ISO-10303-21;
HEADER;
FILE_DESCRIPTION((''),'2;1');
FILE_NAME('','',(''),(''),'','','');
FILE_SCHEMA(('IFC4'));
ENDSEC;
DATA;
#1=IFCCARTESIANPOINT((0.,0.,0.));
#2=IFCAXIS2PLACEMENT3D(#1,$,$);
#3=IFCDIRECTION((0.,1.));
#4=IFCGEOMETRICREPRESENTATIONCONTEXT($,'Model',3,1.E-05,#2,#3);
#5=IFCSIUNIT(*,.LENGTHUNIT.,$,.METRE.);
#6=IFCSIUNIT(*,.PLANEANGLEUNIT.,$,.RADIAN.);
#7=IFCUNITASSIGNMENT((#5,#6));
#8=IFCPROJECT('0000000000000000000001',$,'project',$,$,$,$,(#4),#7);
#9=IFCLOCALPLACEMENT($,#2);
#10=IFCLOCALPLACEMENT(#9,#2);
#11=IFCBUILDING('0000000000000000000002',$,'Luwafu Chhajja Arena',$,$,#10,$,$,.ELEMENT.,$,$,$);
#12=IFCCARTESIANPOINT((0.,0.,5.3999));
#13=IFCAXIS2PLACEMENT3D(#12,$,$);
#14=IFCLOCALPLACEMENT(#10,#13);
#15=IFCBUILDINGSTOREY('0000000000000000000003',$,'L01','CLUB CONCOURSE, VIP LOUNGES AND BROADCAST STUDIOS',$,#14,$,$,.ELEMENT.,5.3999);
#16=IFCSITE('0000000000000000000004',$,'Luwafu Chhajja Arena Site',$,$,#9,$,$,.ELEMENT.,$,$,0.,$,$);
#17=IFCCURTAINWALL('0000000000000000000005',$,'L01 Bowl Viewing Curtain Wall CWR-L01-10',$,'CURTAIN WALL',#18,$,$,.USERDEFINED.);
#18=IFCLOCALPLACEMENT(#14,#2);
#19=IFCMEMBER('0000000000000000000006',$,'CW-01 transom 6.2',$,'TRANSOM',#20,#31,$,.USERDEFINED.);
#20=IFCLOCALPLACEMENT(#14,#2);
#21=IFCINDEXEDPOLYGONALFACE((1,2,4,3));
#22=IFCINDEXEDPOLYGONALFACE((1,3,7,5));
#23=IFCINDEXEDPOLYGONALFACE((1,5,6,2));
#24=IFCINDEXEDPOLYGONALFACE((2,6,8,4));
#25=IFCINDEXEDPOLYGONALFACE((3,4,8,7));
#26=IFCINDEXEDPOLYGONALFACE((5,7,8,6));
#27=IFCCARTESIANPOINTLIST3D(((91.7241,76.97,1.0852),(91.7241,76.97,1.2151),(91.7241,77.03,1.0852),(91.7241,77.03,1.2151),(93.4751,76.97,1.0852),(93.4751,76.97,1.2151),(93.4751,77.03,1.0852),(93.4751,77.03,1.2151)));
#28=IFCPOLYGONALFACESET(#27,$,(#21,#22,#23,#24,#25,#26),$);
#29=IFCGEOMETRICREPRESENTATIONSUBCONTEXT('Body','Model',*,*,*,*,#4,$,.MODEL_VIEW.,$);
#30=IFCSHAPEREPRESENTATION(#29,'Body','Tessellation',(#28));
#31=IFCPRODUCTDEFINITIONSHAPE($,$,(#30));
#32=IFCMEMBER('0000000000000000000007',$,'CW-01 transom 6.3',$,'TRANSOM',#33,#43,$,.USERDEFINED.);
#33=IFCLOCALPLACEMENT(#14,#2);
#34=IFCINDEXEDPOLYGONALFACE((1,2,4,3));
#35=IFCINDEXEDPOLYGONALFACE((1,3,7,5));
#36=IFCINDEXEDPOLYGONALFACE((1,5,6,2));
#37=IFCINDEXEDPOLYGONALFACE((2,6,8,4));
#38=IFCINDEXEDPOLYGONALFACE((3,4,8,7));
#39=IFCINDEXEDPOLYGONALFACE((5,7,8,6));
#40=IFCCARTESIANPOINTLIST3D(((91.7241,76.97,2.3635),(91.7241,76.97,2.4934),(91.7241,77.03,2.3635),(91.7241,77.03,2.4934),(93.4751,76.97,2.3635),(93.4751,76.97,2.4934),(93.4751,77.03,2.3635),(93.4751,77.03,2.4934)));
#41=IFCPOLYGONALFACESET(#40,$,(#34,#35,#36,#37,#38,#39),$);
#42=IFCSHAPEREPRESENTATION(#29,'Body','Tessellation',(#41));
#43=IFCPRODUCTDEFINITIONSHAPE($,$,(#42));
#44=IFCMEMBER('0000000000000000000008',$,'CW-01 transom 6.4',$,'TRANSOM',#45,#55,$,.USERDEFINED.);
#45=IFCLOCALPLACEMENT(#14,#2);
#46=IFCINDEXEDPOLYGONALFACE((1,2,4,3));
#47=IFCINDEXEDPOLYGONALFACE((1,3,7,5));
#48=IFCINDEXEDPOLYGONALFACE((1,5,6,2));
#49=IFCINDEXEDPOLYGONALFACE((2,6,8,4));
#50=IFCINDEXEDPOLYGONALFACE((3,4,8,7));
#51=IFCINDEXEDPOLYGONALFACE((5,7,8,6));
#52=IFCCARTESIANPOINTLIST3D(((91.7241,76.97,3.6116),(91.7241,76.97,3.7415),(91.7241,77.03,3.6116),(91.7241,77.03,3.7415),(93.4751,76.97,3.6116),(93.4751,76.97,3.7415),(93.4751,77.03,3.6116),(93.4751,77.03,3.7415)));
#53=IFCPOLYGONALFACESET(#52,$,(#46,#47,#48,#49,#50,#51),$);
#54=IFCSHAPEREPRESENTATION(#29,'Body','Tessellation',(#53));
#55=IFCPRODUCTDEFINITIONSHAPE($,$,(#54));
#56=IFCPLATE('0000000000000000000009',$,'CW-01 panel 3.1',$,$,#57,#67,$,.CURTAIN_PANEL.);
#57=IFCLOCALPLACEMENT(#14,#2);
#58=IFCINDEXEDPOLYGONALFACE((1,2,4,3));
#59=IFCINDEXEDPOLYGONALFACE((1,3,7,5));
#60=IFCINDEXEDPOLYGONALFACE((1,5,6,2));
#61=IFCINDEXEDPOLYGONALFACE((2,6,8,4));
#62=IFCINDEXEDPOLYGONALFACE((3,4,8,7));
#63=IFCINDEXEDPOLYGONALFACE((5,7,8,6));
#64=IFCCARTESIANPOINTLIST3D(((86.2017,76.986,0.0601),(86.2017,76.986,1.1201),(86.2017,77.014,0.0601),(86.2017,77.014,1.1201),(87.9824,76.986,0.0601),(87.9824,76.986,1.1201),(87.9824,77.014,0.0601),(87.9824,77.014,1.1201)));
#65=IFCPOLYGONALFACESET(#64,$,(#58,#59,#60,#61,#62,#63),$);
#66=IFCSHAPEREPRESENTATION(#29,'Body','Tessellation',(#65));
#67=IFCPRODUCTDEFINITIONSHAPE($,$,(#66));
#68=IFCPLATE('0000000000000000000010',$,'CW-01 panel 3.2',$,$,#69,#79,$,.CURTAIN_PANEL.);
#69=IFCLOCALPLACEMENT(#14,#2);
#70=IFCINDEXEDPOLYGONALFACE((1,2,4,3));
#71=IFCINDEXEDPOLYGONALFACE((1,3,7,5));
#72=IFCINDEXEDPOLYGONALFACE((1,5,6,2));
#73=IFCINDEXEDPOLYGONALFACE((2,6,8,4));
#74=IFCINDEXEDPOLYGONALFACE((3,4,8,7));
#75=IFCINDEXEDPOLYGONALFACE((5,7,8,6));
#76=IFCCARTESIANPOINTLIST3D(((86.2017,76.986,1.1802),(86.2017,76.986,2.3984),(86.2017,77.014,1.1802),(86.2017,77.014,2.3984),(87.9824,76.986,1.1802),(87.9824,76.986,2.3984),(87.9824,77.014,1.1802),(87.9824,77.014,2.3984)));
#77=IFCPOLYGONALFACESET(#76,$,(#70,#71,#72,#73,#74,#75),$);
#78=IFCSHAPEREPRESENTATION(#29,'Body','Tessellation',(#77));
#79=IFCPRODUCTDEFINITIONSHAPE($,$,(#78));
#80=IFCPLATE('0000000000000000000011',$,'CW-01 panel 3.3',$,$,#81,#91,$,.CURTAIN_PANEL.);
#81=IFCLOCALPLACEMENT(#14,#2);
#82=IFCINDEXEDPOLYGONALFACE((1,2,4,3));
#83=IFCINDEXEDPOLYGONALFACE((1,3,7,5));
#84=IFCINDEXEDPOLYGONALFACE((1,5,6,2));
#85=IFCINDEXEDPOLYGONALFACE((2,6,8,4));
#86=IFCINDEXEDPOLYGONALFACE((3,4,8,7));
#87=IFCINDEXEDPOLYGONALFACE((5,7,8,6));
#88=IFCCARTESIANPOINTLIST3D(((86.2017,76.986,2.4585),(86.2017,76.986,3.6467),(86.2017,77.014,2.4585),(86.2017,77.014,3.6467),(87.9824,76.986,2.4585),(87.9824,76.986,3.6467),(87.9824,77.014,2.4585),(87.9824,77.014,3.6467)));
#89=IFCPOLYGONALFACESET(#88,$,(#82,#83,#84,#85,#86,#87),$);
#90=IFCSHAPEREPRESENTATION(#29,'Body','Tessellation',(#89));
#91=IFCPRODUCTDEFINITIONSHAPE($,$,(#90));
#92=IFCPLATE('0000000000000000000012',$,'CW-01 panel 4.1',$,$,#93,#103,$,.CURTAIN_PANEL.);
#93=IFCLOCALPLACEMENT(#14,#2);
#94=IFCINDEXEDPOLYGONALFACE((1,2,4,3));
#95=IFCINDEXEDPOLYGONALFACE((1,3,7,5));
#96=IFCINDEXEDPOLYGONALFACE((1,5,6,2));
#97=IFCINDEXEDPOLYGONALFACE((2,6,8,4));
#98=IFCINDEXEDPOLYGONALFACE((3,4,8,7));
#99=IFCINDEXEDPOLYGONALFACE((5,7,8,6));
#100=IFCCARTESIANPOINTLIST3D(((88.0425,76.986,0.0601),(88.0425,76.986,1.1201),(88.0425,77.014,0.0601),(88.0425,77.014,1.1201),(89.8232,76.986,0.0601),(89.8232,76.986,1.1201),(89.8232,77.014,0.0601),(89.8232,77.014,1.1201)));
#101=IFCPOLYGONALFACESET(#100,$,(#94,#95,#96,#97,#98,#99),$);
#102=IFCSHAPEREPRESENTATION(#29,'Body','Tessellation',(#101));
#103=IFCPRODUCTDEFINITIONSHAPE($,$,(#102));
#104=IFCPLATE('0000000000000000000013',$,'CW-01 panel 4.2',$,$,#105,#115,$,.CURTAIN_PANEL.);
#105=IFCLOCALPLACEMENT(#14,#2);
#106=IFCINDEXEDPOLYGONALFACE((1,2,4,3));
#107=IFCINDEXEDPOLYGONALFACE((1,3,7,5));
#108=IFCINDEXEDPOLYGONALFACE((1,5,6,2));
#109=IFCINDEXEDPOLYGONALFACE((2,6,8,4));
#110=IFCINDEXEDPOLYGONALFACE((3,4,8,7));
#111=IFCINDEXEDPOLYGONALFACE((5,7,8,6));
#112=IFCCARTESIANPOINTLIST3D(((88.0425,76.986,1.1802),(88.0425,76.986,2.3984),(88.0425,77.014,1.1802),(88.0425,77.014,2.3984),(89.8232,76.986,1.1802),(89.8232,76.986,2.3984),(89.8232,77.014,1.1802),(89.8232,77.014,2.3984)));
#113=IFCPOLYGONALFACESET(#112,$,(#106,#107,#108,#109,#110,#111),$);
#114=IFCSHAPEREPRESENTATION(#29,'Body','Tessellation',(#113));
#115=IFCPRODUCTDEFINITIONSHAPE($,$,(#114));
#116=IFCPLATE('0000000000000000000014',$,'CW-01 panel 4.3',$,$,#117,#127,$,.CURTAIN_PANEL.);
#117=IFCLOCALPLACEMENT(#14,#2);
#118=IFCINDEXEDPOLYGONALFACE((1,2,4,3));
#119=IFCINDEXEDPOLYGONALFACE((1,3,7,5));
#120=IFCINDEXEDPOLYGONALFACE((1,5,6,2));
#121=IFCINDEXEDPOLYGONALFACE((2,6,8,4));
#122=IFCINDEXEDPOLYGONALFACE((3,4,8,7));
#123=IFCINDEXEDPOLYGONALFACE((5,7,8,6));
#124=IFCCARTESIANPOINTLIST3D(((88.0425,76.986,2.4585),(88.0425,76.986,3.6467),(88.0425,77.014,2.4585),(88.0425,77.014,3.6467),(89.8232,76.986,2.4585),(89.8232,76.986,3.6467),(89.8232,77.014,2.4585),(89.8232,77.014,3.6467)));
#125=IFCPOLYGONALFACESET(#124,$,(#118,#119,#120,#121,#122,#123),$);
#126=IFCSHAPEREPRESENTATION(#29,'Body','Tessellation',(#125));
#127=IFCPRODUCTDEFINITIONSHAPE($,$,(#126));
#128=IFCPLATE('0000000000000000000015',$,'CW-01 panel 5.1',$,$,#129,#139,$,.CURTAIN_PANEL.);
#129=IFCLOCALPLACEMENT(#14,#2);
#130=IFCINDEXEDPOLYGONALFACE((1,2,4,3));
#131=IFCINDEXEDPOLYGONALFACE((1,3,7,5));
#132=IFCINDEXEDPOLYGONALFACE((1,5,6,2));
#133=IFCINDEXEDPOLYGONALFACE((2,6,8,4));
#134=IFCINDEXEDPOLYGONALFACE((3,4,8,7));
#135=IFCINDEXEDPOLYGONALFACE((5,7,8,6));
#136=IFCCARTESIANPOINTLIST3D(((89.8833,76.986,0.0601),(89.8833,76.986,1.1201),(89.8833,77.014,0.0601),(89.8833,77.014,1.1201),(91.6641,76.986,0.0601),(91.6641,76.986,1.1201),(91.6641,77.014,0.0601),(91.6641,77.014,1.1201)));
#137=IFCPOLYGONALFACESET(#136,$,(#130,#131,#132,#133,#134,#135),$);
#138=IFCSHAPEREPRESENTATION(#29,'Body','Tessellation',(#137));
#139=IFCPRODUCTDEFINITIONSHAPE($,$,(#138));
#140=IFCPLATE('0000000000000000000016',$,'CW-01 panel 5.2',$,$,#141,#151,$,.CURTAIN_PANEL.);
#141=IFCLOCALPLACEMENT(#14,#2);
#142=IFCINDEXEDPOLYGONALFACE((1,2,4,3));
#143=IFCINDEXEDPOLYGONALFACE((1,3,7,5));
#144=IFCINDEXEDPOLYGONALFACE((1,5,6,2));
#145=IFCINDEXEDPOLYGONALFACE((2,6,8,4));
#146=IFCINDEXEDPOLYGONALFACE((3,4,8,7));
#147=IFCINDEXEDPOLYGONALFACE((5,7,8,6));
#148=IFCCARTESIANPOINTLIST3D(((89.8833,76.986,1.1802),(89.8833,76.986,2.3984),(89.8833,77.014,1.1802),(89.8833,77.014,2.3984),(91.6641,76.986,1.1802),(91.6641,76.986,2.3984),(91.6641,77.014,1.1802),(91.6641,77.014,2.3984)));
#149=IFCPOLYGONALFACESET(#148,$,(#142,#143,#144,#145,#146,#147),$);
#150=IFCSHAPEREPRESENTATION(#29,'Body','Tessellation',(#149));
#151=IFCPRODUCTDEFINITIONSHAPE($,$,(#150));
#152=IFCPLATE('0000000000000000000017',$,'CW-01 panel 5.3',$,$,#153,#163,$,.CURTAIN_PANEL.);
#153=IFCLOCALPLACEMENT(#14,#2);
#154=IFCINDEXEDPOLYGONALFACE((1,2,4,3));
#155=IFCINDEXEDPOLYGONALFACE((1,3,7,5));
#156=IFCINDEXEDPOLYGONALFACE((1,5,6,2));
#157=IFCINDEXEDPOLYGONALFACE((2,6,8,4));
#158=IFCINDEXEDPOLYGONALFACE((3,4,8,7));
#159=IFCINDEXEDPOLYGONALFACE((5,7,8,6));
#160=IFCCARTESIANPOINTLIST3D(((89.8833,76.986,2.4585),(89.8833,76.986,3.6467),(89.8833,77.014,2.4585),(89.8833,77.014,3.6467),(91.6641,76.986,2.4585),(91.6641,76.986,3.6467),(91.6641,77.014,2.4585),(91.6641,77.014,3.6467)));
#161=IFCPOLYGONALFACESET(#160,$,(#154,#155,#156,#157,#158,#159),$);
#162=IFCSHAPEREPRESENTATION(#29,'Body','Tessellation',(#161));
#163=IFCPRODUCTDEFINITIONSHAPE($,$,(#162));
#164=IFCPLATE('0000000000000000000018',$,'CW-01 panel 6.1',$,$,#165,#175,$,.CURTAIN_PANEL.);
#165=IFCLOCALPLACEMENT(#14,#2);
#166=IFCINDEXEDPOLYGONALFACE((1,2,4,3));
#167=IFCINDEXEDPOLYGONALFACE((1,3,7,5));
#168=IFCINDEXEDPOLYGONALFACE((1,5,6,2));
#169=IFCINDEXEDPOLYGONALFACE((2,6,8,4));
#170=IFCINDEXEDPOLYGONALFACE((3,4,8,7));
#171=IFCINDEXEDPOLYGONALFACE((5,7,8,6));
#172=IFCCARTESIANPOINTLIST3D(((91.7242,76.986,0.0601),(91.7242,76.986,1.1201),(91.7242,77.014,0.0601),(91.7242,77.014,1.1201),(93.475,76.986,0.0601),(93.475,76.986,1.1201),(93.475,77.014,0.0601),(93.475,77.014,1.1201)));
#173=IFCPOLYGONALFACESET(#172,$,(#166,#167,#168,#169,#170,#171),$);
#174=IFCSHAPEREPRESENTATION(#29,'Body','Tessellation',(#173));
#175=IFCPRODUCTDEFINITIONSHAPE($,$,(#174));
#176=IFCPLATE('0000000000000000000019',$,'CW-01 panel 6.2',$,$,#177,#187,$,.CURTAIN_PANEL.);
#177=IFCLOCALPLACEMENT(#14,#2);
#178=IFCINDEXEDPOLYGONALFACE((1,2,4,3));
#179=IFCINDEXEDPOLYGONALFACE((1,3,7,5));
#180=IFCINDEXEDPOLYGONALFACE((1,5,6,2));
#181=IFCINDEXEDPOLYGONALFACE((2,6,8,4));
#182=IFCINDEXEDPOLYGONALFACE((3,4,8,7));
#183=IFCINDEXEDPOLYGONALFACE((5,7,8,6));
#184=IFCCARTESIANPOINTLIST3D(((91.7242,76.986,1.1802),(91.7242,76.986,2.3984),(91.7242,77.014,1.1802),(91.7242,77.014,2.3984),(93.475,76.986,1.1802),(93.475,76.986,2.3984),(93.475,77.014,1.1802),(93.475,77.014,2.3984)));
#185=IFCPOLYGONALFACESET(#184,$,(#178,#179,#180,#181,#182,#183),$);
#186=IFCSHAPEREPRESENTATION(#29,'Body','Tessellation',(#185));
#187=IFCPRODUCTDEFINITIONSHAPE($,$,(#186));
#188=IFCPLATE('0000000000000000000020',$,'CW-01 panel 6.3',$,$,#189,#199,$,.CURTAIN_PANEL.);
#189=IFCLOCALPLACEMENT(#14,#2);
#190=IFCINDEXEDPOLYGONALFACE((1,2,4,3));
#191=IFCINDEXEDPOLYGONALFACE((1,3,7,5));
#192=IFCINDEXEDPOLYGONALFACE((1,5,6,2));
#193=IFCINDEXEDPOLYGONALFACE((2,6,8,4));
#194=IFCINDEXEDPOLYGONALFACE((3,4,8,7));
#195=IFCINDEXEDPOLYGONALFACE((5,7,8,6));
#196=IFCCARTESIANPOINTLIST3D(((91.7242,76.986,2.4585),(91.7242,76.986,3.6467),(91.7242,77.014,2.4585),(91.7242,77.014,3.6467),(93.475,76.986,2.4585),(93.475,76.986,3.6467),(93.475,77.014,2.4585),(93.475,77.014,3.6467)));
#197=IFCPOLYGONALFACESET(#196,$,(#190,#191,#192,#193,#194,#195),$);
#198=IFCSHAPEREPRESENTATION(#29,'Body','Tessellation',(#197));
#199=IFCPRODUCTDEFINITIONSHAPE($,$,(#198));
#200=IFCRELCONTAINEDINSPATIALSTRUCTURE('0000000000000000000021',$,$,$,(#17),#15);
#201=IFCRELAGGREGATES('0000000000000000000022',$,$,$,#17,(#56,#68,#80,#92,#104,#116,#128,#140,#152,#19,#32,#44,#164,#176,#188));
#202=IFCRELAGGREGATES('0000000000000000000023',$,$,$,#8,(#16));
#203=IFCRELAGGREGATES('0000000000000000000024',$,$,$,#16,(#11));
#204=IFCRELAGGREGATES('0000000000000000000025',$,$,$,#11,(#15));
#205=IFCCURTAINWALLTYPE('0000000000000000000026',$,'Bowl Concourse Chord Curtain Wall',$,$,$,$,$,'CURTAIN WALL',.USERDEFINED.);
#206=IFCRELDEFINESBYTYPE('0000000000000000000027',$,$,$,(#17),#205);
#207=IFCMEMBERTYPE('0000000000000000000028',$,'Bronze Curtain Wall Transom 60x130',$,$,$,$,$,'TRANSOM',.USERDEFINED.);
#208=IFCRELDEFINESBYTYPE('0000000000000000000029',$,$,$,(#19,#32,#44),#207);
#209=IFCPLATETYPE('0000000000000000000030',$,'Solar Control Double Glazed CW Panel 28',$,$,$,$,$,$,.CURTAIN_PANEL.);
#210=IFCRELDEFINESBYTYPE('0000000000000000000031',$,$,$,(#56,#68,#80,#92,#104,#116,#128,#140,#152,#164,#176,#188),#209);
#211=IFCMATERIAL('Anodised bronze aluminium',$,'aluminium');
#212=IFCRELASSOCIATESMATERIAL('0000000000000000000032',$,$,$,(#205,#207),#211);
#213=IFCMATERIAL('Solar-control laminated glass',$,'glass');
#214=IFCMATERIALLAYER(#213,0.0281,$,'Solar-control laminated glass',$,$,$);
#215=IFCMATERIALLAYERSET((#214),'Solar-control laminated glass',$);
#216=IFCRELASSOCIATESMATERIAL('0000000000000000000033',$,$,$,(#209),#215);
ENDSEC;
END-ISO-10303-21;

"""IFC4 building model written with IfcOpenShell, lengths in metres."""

from ifc_helpers import new_model, si_unit, direction, frame, origin, origin_2d, place, context, subcontext, project, spatial, rectangle, extrude, material, layer, layer_set, material_profile, profile_set, type_object, element, aggregate, save


model = new_model("IFC4")

# Units and contexts
model_context = context("Model", 3, precision=1e-05, world=origin(), true_north=direction((0.0, 1.0)))
body_context = subcontext(model_context, "Body", "Model", "MODEL_VIEW")
ifc_project = project(units=[si_unit("LENGTHUNIT", "METRE"), si_unit("PLANEANGLEUNIT", "RADIAN")], contexts=[model_context])

# Site, building, storey
site_placement = place(None, origin())
site = spatial("IfcSite", under=ifc_project, at=site_placement, Name="Luwafu Chhajja Arena Site", CompositionType="ELEMENT", RefElevation=0.0)
building_placement = place(site_placement, origin())
building = spatial("IfcBuilding", under=site, at=building_placement, Name="Luwafu Chhajja Arena", CompositionType="ELEMENT")
storey_placement = place(building_placement, frame((0.0, 0.0, 5.3999)))
storey = spatial("IfcBuildingStorey", under=building, at=storey_placement, Name="L01", Description="CLUB CONCOURSE, VIP LOUNGES AND BROADCAST STUDIOS", CompositionType="ELEMENT", Elevation=5.3999)

# Curtain wall, members, plates
ifc_material_1 = material(Name="Anodised bronze aluminium", Category="aluminium")
curtain_wall_type = type_object("IfcCurtainWallType", Name="Bowl Concourse Chord Curtain Wall", ElementType="CURTAIN WALL", PredefinedType="USERDEFINED", material=ifc_material_1)
curtain_wall_placement = place(storey_placement, origin())
curtain_wall = element("IfcCurtainWall", 1, at=curtain_wall_placement, inside=storey, type_object=curtain_wall_type, Name="L01 Bowl Viewing Curtain Wall CWR-L01-10", ObjectType="CURTAIN WALL", PredefinedType="USERDEFINED")
ifc_material_profile_1 = material_profile(ifc_material_1, rectangle(XDim=0.0601, YDim=0.1299, at=origin_2d()), Name="CWT 60x130")
ifc_profile_set_1 = profile_set([ifc_material_profile_1], Name="Anodised bronze aluminium")
member_type_1 = type_object("IfcMemberType", Name="Bronze Curtain Wall Transom 60x130", ElementType="TRANSOM", PredefinedType="USERDEFINED", material=ifc_profile_set_1)
member_1_placement = place(storey_placement, frame((91.7241, 77.0, 1.1501), z_axis=(1.0, 0.0, 0.0), x_axis=(0.0, 1.0, 0.0)))
member_1 = element("IfcMember", 2, at=member_1_placement, type_object=member_type_1, Name="CW-01 transom 6.2", ObjectType="TRANSOM", PredefinedType="USERDEFINED", context=body_context, shape_type="SweptSolid", body=[
    extrude(rectangle(XDim=0.0601, YDim=0.1299, at=origin_2d()), origin(), (0.0, 0.0, 1.0), 1.751),
])
member_2_placement = place(storey_placement, frame((91.7241, 77.0, 2.4285), z_axis=(1.0, 0.0, 0.0), x_axis=(0.0, 1.0, 0.0)))
member_2 = element("IfcMember", 3, at=member_2_placement, type_object=member_type_1, Name="CW-01 transom 6.3", ObjectType="TRANSOM", PredefinedType="USERDEFINED", context=body_context, shape_type="SweptSolid", body=[
    extrude(rectangle(XDim=0.0601, YDim=0.1299, at=origin_2d()), origin(), (0.0, 0.0, 1.0), 1.751),
])
member_3_placement = place(storey_placement, frame((91.7241, 77.0, 3.6765), z_axis=(1.0, 0.0, 0.0), x_axis=(0.0, 1.0, 0.0)))
member_3 = element("IfcMember", 4, at=member_3_placement, type_object=member_type_1, Name="CW-01 transom 6.4", ObjectType="TRANSOM", PredefinedType="USERDEFINED", context=body_context, shape_type="SweptSolid", body=[
    extrude(rectangle(XDim=0.0601, YDim=0.1299, at=origin_2d()), origin(), (0.0, 0.0, 1.0), 1.751),
])
ifc_material_2 = material(Name="Solar-control laminated glass", Category="glass")
ifc_layer = layer(ifc_material_2, 0.0281, Name="Solar-control laminated glass")
ifc_layer_set = layer_set([ifc_layer], Name="Solar-control laminated glass")
plate_type = type_object("IfcPlateType", Name="Solar Control Double Glazed CW Panel 28", PredefinedType="CURTAIN_PANEL", material=ifc_layer_set)
plate_1_placement = place(storey_placement, frame((87.092, 77.0, 0.0601), z_axis=(0.0, 0.0, 1.0), x_axis=(1.0, 0.0, 0.0)))
plate_1 = element("IfcPlate", 5, at=plate_1_placement, type_object=plate_type, Name="CW-01 panel 3.1", PredefinedType="CURTAIN_PANEL", context=body_context, shape_type="SweptSolid", body=[
    extrude(rectangle(XDim=1.7808, YDim=0.0281, at=origin_2d()), origin(), (0.0, 0.0, 1.0), 1.0601),
])
plate_2_placement = place(storey_placement, frame((87.092, 77.0, 1.1802), z_axis=(0.0, 0.0, 1.0), x_axis=(1.0, 0.0, 0.0)))
plate_2 = element("IfcPlate", 6, at=plate_2_placement, type_object=plate_type, Name="CW-01 panel 3.2", PredefinedType="CURTAIN_PANEL", context=body_context, shape_type="SweptSolid", body=[
    extrude(rectangle(XDim=1.7808, YDim=0.0281, at=origin_2d()), origin(), (0.0, 0.0, 1.0), 1.2183),
])
plate_3_placement = place(storey_placement, frame((87.092, 77.0, 2.4585), z_axis=(0.0, 0.0, 1.0), x_axis=(1.0, 0.0, 0.0)))
plate_3 = element("IfcPlate", 7, at=plate_3_placement, type_object=plate_type, Name="CW-01 panel 3.3", PredefinedType="CURTAIN_PANEL", context=body_context, shape_type="SweptSolid", body=[
    extrude(rectangle(XDim=1.7808, YDim=0.0281, at=origin_2d()), origin(), (0.0, 0.0, 1.0), 1.1882),
])
plate_4_placement = place(storey_placement, frame((88.9329, 77.0, 0.0601), z_axis=(0.0, 0.0, 1.0), x_axis=(1.0, 0.0, 0.0)))
plate_4 = element("IfcPlate", 8, at=plate_4_placement, type_object=plate_type, Name="CW-01 panel 4.1", PredefinedType="CURTAIN_PANEL", context=body_context, shape_type="SweptSolid", body=[
    extrude(rectangle(XDim=1.7808, YDim=0.0281, at=origin_2d()), origin(), (0.0, 0.0, 1.0), 1.0601),
])
plate_5_placement = place(storey_placement, frame((88.9329, 77.0, 1.1802), z_axis=(0.0, 0.0, 1.0), x_axis=(1.0, 0.0, 0.0)))
plate_5 = element("IfcPlate", 9, at=plate_5_placement, type_object=plate_type, Name="CW-01 panel 4.2", PredefinedType="CURTAIN_PANEL", context=body_context, shape_type="SweptSolid", body=[
    extrude(rectangle(XDim=1.7808, YDim=0.0281, at=origin_2d()), origin(), (0.0, 0.0, 1.0), 1.2183),
])
plate_6_placement = place(storey_placement, frame((88.9329, 77.0, 2.4585), z_axis=(0.0, 0.0, 1.0), x_axis=(1.0, 0.0, 0.0)))
plate_6 = element("IfcPlate", 10, at=plate_6_placement, type_object=plate_type, Name="CW-01 panel 4.3", PredefinedType="CURTAIN_PANEL", context=body_context, shape_type="SweptSolid", body=[
    extrude(rectangle(XDim=1.7808, YDim=0.0281, at=origin_2d()), origin(), (0.0, 0.0, 1.0), 1.1882),
])
plate_7_placement = place(storey_placement, frame((90.7737, 77.0, 0.0601), z_axis=(0.0, 0.0, 1.0), x_axis=(1.0, 0.0, 0.0)))
plate_7 = element("IfcPlate", 11, at=plate_7_placement, type_object=plate_type, Name="CW-01 panel 5.1", PredefinedType="CURTAIN_PANEL", context=body_context, shape_type="SweptSolid", body=[
    extrude(rectangle(XDim=1.7808, YDim=0.0281, at=origin_2d()), origin(), (0.0, 0.0, 1.0), 1.0601),
])
plate_8_placement = place(storey_placement, frame((90.7737, 77.0, 1.1802), z_axis=(0.0, 0.0, 1.0), x_axis=(1.0, 0.0, 0.0)))
plate_8 = element("IfcPlate", 12, at=plate_8_placement, type_object=plate_type, Name="CW-01 panel 5.2", PredefinedType="CURTAIN_PANEL", context=body_context, shape_type="SweptSolid", body=[
    extrude(rectangle(XDim=1.7808, YDim=0.0281, at=origin_2d()), origin(), (0.0, 0.0, 1.0), 1.2183),
])
plate_9_placement = place(storey_placement, frame((90.7737, 77.0, 2.4585), z_axis=(0.0, 0.0, 1.0), x_axis=(1.0, 0.0, 0.0)))
plate_9 = element("IfcPlate", 13, at=plate_9_placement, type_object=plate_type, Name="CW-01 panel 5.3", PredefinedType="CURTAIN_PANEL", context=body_context, shape_type="SweptSolid", body=[
    extrude(rectangle(XDim=1.7808, YDim=0.0281, at=origin_2d()), origin(), (0.0, 0.0, 1.0), 1.1882),
])
plate_10_placement = place(storey_placement, frame((92.5996, 77.0, 0.0601), z_axis=(0.0, 0.0, 1.0), x_axis=(1.0, 0.0, 0.0)))
plate_10 = element("IfcPlate", 14, at=plate_10_placement, type_object=plate_type, Name="CW-01 panel 6.1", PredefinedType="CURTAIN_PANEL", context=body_context, shape_type="SweptSolid", body=[
    extrude(rectangle(XDim=1.7507, YDim=0.0281, at=origin_2d()), origin(), (0.0, 0.0, 1.0), 1.0601),
])
plate_11_placement = place(storey_placement, frame((92.5996, 77.0, 1.1802), z_axis=(0.0, 0.0, 1.0), x_axis=(1.0, 0.0, 0.0)))
plate_11 = element("IfcPlate", 15, at=plate_11_placement, type_object=plate_type, Name="CW-01 panel 6.2", PredefinedType="CURTAIN_PANEL", context=body_context, shape_type="SweptSolid", body=[
    extrude(rectangle(XDim=1.7507, YDim=0.0281, at=origin_2d()), origin(), (0.0, 0.0, 1.0), 1.2183),
])
plate_12_placement = place(storey_placement, frame((92.5996, 77.0, 2.4585), z_axis=(0.0, 0.0, 1.0), x_axis=(1.0, 0.0, 0.0)))
plate_12 = element("IfcPlate", 16, at=plate_12_placement, type_object=plate_type, Name="CW-01 panel 6.3", PredefinedType="CURTAIN_PANEL", context=body_context, shape_type="SweptSolid", body=[
    extrude(rectangle(XDim=1.7507, YDim=0.0281, at=origin_2d()), origin(), (0.0, 0.0, 1.0), 1.1882),
])
aggregate(curtain_wall, [plate_1, plate_2, plate_3, plate_4, plate_5, plate_6, plate_7, plate_8, plate_9, member_1, member_2, member_3, plate_10, plate_11, plate_12])

save(model, "model.ifc")
